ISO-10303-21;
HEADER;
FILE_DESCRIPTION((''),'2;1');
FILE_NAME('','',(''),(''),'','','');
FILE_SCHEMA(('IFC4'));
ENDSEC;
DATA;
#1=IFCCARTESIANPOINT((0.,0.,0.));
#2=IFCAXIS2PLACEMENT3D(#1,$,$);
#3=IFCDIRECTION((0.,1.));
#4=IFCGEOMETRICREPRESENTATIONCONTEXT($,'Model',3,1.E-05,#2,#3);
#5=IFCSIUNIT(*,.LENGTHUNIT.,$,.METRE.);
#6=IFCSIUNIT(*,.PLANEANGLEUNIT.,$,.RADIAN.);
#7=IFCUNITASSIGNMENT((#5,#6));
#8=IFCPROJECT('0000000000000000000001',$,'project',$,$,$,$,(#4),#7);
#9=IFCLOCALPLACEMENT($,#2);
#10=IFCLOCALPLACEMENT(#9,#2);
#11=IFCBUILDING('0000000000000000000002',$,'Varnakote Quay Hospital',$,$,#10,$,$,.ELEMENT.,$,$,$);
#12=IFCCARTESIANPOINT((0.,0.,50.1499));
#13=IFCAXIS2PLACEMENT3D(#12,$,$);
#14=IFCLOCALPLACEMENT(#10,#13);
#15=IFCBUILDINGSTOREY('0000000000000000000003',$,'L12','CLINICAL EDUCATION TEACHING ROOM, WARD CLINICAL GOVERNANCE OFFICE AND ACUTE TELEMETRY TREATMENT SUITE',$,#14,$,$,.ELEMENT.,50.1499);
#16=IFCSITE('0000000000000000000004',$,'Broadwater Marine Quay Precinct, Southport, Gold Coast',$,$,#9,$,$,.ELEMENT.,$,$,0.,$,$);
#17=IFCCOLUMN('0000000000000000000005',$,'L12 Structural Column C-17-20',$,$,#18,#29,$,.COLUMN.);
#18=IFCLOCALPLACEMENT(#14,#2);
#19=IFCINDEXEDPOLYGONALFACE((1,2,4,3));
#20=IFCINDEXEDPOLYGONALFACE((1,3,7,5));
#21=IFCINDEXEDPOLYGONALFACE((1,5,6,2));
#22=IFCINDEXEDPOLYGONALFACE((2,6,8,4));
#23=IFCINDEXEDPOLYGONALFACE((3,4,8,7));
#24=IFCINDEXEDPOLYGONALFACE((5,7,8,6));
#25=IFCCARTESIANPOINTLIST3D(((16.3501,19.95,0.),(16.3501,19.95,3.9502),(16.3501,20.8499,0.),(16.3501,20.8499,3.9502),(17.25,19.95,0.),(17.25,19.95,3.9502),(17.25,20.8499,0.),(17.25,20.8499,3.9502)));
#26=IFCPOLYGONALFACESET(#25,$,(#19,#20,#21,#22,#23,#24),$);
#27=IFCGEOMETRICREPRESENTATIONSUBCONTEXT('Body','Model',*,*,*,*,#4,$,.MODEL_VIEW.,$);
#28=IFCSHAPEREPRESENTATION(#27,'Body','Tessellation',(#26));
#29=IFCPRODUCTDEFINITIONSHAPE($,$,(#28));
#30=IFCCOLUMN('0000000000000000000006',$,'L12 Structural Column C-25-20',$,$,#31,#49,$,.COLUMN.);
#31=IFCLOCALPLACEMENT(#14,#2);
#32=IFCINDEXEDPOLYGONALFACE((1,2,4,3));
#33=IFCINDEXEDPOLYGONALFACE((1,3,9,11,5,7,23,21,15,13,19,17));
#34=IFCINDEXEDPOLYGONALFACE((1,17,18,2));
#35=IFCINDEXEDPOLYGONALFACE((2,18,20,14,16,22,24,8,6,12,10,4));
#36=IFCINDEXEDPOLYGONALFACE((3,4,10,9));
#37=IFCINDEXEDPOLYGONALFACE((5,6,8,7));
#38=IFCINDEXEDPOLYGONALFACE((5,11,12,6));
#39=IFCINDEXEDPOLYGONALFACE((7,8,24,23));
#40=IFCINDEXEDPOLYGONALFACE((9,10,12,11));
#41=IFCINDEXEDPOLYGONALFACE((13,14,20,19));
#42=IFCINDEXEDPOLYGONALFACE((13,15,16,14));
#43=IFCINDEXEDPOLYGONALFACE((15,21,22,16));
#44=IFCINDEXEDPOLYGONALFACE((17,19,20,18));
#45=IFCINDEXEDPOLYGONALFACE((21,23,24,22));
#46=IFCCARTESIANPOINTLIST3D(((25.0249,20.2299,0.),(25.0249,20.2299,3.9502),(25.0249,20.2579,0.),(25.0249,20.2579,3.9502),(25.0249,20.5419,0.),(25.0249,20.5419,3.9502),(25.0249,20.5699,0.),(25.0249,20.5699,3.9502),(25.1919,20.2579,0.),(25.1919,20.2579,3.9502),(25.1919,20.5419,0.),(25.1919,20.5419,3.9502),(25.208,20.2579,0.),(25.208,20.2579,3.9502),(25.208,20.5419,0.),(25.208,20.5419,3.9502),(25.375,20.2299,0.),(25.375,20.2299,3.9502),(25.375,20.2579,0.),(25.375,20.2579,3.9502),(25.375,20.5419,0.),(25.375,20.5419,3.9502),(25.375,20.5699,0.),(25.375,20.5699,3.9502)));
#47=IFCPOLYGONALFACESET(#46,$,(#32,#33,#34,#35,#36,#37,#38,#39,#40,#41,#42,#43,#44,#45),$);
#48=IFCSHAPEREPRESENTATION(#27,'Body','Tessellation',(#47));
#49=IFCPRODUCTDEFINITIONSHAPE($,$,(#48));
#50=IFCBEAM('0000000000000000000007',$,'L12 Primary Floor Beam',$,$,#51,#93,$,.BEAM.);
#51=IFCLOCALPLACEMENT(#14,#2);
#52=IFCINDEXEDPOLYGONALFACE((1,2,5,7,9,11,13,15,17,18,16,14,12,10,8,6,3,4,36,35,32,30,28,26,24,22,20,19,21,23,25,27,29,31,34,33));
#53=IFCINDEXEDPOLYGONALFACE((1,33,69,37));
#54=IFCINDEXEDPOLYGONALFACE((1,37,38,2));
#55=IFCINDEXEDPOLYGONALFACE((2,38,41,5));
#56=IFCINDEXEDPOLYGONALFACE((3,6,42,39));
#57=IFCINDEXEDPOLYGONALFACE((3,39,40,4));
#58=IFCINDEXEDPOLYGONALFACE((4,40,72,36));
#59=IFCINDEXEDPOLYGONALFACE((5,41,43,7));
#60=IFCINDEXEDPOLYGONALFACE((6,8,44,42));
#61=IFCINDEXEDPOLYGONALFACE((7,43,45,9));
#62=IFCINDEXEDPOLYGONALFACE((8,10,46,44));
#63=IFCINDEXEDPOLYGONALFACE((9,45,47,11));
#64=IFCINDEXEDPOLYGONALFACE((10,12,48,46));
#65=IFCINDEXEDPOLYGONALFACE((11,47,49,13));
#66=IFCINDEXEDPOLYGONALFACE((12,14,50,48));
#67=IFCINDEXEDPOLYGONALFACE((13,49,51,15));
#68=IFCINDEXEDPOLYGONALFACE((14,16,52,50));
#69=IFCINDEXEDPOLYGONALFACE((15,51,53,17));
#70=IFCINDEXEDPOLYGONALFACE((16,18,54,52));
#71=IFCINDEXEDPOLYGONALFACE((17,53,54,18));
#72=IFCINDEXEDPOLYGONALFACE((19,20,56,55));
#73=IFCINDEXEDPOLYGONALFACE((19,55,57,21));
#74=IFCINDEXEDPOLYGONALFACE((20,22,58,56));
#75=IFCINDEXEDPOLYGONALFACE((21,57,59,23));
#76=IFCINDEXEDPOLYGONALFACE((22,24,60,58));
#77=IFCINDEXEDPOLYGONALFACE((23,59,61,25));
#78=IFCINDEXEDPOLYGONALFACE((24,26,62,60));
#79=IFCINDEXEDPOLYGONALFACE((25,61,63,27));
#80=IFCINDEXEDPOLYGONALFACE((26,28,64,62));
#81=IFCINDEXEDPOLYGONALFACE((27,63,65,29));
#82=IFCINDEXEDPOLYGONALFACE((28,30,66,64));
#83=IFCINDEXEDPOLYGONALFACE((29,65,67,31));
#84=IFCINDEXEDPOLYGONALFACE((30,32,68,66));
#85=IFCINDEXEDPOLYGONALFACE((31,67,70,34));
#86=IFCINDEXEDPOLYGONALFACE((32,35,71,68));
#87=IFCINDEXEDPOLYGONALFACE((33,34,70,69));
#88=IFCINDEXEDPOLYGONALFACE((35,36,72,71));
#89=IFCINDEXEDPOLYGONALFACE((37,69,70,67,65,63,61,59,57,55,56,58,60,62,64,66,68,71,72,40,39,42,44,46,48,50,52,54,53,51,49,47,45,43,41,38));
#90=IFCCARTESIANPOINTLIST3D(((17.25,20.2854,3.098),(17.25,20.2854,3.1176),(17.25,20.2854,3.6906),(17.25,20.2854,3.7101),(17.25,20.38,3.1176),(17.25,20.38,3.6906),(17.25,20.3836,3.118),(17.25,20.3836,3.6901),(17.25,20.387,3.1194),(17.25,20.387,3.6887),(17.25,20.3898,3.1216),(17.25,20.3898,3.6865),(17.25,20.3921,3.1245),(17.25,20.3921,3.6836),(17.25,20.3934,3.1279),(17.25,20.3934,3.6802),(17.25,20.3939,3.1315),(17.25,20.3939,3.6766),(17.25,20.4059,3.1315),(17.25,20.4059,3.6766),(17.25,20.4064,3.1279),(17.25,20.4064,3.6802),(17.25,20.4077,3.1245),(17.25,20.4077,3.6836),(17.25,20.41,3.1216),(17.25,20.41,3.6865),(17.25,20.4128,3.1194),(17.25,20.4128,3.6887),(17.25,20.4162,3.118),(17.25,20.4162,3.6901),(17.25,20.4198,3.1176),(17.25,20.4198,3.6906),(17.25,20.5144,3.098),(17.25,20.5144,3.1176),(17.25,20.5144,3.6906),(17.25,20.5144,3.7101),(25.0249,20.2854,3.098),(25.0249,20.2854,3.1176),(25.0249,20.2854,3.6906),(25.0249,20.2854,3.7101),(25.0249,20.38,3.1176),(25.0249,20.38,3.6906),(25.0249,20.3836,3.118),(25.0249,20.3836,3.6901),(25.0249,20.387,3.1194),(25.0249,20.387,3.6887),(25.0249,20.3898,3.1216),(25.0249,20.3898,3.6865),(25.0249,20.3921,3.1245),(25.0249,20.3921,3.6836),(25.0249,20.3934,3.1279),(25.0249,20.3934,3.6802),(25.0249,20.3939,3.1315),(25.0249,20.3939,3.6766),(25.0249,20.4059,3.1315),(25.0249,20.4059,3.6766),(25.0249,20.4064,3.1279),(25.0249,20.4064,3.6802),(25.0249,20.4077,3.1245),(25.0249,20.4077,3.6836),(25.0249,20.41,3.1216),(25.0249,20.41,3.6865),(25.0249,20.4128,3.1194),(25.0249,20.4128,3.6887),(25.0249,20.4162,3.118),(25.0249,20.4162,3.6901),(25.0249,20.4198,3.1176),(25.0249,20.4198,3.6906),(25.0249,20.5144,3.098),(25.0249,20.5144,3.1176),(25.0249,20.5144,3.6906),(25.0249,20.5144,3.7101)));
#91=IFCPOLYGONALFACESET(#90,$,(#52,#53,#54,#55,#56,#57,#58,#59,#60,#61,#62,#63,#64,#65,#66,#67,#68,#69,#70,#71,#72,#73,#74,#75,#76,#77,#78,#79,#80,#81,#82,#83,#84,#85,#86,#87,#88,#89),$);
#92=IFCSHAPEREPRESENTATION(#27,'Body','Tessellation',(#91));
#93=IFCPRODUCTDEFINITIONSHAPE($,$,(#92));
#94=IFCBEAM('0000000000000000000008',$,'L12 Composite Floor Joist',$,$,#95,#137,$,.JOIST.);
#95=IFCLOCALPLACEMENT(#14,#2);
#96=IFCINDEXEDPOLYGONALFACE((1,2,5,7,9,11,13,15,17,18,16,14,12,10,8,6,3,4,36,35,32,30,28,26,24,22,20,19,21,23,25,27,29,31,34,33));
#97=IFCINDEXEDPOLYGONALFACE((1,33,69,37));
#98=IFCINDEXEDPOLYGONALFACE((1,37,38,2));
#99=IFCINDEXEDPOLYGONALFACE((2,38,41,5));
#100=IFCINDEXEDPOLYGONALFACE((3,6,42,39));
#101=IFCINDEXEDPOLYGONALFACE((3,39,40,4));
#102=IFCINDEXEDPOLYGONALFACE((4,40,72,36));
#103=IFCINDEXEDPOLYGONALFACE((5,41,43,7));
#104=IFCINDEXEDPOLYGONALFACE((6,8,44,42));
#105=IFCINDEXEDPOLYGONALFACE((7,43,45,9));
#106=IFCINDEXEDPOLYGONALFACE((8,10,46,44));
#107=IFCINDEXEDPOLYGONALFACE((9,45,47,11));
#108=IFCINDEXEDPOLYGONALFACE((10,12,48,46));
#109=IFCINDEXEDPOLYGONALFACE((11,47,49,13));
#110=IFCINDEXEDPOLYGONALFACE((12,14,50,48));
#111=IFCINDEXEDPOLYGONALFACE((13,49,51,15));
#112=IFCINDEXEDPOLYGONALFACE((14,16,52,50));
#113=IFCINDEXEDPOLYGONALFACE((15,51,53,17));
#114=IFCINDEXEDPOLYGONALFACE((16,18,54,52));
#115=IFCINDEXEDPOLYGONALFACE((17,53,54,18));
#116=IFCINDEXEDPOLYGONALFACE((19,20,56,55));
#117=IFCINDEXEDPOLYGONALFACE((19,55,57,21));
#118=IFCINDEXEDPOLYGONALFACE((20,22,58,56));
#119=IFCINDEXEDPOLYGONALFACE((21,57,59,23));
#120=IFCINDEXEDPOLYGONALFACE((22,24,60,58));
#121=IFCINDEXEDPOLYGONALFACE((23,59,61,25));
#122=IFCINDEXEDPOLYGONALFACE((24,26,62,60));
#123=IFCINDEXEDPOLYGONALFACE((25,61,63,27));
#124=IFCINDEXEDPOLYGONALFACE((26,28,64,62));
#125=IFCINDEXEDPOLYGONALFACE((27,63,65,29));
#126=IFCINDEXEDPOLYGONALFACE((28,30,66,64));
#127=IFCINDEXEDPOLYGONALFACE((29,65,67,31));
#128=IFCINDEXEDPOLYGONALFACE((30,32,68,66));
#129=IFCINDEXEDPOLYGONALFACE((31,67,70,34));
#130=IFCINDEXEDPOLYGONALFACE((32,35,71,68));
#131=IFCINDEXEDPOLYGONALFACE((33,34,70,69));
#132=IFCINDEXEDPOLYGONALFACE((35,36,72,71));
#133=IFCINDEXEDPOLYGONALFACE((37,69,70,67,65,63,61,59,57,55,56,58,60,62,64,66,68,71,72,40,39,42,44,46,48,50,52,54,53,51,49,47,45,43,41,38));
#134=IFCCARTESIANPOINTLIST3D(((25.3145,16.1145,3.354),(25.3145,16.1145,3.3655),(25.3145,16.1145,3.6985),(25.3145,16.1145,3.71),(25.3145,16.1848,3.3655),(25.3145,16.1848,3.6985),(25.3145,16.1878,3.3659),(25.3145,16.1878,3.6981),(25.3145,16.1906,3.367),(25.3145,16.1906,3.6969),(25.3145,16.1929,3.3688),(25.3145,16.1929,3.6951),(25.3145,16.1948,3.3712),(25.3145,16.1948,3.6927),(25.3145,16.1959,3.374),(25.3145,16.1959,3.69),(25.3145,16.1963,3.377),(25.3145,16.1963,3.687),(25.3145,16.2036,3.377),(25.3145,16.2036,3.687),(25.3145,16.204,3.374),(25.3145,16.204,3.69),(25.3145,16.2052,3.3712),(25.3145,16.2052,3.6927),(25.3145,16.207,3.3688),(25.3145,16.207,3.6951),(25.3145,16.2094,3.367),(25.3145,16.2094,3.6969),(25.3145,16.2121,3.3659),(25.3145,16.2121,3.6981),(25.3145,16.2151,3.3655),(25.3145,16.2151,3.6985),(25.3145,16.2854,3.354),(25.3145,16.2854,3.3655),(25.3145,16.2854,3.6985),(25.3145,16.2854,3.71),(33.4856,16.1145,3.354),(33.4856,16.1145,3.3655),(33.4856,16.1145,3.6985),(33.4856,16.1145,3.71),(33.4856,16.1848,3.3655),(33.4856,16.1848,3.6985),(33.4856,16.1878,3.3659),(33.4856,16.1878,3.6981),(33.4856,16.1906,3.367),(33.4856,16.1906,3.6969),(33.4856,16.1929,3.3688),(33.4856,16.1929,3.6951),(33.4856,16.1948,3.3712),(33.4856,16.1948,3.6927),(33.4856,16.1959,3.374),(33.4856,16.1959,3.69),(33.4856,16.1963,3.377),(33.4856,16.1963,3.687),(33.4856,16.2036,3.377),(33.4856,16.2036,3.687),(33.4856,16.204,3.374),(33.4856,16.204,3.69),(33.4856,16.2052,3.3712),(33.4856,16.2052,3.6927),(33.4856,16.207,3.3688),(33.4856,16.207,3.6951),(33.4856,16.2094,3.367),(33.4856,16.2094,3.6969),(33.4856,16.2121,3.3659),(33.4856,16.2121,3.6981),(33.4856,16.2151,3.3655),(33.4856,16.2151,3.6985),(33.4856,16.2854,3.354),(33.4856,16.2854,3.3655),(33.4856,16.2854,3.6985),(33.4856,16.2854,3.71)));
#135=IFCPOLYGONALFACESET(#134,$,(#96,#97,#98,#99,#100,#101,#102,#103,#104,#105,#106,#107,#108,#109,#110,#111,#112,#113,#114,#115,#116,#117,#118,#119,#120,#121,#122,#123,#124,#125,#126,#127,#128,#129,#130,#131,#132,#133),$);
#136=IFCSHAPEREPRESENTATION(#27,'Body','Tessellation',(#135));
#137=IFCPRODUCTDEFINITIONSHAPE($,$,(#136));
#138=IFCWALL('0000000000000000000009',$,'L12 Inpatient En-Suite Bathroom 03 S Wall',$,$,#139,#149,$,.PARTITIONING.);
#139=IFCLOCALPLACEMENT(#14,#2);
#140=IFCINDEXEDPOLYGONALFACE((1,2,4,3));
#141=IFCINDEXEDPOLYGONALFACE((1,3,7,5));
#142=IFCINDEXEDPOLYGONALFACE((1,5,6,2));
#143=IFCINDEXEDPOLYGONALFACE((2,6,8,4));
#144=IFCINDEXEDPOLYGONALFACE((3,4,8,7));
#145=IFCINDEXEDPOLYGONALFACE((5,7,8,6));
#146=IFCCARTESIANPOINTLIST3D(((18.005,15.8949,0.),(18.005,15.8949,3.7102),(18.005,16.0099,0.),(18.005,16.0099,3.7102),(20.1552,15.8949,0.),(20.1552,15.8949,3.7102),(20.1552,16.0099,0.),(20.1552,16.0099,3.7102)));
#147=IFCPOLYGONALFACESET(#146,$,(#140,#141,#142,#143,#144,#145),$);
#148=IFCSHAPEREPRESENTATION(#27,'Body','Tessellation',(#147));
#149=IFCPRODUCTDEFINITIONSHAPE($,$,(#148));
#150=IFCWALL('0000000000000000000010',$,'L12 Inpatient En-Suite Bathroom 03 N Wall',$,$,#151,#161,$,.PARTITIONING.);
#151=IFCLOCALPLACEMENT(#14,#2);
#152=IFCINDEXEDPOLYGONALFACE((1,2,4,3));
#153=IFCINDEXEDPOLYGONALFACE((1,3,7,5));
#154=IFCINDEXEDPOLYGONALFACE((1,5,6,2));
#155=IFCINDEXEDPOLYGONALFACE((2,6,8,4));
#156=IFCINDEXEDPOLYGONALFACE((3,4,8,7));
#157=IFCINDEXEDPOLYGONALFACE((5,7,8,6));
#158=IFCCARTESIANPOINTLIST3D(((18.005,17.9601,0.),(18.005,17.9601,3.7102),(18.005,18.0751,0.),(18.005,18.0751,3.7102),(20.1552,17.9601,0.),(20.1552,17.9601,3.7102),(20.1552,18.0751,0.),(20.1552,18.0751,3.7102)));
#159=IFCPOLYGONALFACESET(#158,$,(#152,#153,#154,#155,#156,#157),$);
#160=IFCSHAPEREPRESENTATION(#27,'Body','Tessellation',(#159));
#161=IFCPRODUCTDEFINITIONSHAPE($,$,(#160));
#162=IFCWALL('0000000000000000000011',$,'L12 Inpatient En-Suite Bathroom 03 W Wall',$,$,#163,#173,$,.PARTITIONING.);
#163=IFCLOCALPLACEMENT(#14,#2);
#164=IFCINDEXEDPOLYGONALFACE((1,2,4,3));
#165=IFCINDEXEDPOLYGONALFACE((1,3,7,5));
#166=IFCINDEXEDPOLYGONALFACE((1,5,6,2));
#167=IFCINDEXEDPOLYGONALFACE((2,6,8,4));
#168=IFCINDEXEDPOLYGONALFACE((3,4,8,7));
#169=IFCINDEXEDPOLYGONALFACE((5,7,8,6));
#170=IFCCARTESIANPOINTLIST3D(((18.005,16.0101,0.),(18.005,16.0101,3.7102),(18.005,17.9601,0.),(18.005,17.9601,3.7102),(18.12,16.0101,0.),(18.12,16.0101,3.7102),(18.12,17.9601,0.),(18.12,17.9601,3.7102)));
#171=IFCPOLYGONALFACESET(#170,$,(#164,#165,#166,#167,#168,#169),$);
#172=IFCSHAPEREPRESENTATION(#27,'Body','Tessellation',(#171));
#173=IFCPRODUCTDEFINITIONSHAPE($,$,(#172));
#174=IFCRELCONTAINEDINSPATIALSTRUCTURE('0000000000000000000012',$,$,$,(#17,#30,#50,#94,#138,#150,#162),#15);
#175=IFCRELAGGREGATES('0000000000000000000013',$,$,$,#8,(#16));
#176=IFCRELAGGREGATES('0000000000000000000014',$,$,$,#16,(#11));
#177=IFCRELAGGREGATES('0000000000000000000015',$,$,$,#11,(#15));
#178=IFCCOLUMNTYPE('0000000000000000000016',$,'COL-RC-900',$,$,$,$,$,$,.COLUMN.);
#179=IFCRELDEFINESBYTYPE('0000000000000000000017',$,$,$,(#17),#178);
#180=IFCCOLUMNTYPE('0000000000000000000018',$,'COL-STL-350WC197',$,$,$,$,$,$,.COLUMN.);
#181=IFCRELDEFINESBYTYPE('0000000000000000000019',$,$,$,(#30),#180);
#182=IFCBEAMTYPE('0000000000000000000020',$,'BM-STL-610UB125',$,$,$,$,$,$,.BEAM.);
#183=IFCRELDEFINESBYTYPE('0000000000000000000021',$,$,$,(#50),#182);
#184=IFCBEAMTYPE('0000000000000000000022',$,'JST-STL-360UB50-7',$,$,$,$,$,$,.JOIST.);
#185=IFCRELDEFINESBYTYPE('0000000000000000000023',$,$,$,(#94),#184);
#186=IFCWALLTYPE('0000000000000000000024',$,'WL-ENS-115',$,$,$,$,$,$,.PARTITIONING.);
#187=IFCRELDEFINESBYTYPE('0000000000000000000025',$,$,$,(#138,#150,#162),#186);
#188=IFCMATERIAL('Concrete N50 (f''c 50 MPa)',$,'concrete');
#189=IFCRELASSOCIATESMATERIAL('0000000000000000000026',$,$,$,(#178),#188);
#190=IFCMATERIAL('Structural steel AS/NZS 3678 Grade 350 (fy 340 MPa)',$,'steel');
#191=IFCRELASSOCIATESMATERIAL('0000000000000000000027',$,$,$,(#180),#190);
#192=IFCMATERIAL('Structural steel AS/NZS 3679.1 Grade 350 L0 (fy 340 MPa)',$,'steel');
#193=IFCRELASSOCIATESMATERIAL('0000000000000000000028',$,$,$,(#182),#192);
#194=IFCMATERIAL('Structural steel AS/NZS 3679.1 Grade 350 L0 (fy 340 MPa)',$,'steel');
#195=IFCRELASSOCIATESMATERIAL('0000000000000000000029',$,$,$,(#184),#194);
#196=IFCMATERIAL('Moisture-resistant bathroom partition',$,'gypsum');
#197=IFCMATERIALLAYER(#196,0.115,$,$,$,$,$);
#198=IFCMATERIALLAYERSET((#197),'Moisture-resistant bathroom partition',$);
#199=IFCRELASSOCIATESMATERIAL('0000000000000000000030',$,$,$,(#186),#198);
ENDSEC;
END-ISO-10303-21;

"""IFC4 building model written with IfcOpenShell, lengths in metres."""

from ifc_helpers import new_model, si_unit, direction, frame, frame_2d, origin, origin_2d, place, context, subcontext, project, spatial, rectangle, i_section, extrude, material, layer, layer_set, material_profile, profile_set, type_object, element, save


model = new_model("IFC4")

# Units and contexts
model_context = context("Model", 3, precision=1e-05, world=origin(), true_north=direction((0.0, 1.0)))
body_context = subcontext(model_context, "Body", "Model", "MODEL_VIEW")
ifc_project = project(units=[si_unit("LENGTHUNIT", "METRE"), si_unit("PLANEANGLEUNIT", "RADIAN")], contexts=[model_context])

# Site, building, storey
site_placement = place(None, origin())
site = spatial("IfcSite", under=ifc_project, at=site_placement, Name="Broadwater Marine Quay Precinct, Southport, Gold Coast", CompositionType="ELEMENT", RefElevation=0.0)
building_placement = place(site_placement, origin())
building = spatial("IfcBuilding", under=site, at=building_placement, Name="Varnakote Quay Hospital", CompositionType="ELEMENT")
storey_placement = place(building_placement, frame((0.0, 0.0, 50.1499)))
storey = spatial("IfcBuildingStorey", under=building, at=storey_placement, Name="L12", Description="CLINICAL EDUCATION TEACHING ROOM, WARD CLINICAL GOVERNANCE OFFICE AND ACUTE TELEMETRY TREATMENT SUITE", CompositionType="ELEMENT", Elevation=50.1499)

# Columns
ifc_material_1 = material(Name="Concrete N50 (f'c 50 MPa)", Category="concrete")
ifc_material_profile_1 = material_profile(ifc_material_1, rectangle(XDim=0.8999, YDim=0.8999, at=origin_2d()), Name="RC-COL-900x900")
ifc_profile_set_1 = profile_set([ifc_material_profile_1], Name="Concrete N50 (f'c 50 MPa)")
column_type_1 = type_object("IfcColumnType", Name="COL-RC-900", PredefinedType="COLUMN", material=ifc_profile_set_1)
column_1_placement = place(storey_placement, frame((16.8, 20.3999, 0.0), z_axis=(0.0, 0.0, 1.0), x_axis=(1.0, 0.0, 0.0)))
element("IfcColumn", 1, at=column_1_placement, inside=storey, type_object=column_type_1, Name="L12 Structural Column C-17-20", PredefinedType="COLUMN", context=body_context, shape_type="SweptSolid", body=[
    extrude(rectangle(XDim=0.8999, YDim=0.8999, at=origin_2d()), origin(), (0.0, 0.0, 1.0), 3.9502),
])
ifc_material_2 = material(Name="Structural steel AS/NZS 3678 Grade 350 (fy 340 MPa)", Category="steel")
ifc_material_profile_2 = material_profile(ifc_material_2, i_section(OverallWidth=0.3501, OverallDepth=0.3401, WebThickness=0.0161, FlangeThickness=0.0281, at=origin_2d()), Name="350WC197")
ifc_profile_set_2 = profile_set([ifc_material_profile_2], Name="Structural steel AS/NZS 3678 Grade 350 (fy 340 MPa)")
column_type_2 = type_object("IfcColumnType", Name="COL-STL-350WC197", PredefinedType="COLUMN", material=ifc_profile_set_2)
column_2_placement = place(storey_placement, frame((25.2, 20.3999, 0.0), z_axis=(0.0, 0.0, 1.0), x_axis=(1.0, 0.0, 0.0)))
element("IfcColumn", 2, at=column_2_placement, inside=storey, type_object=column_type_2, Name="L12 Structural Column C-25-20", PredefinedType="COLUMN", context=body_context, shape_type="SweptSolid", body=[
    extrude(i_section(OverallWidth=0.3501, OverallDepth=0.3401, WebThickness=0.0161, FlangeThickness=0.0281, at=origin_2d()), origin(), (0.0, 0.0, 1.0), 3.9502),
])

# Beams
ifc_material_3 = material(Name="Structural steel AS/NZS 3679.1 Grade 350 L0 (fy 340 MPa)", Category="steel")
ifc_material_profile_3 = material_profile(ifc_material_3, i_section(OverallWidth=0.229, OverallDepth=0.6121, WebThickness=0.012, FlangeThickness=0.0195, FilletRadius=0.0139, at=origin_2d()), Name="610UB125")
ifc_profile_set_3 = profile_set([ifc_material_profile_3], Name="Structural steel AS/NZS 3679.1 Grade 350 L0 (fy 340 MPa)")
beam_type_1 = type_object("IfcBeamType", Name="BM-STL-610UB125", PredefinedType="BEAM", material=ifc_profile_set_3)
beam_1_placement = place(storey_placement, frame((17.25, 20.3999, 3.4041), z_axis=(1.0, 0.0, 0.0), x_axis=(0.0, 1.0, 0.0)))
element("IfcBeam", 3, at=beam_1_placement, inside=storey, type_object=beam_type_1, Name="L12 Primary Floor Beam", PredefinedType="BEAM", context=body_context, shape_type="SweptSolid", body=[
    extrude(i_section(OverallWidth=0.229, OverallDepth=0.6121, WebThickness=0.012, FlangeThickness=0.0195, FilletRadius=0.0139, at=origin_2d()), origin(), (0.0, 0.0, 1.0), 7.7749),
])
ifc_material_4 = material(Name="Structural steel AS/NZS 3679.1 Grade 350 L0 (fy 340 MPa)", Category="steel")
ifc_material_profile_4 = material_profile(ifc_material_4, i_section(OverallWidth=0.1709, OverallDepth=0.356, WebThickness=0.0073, FlangeThickness=0.0115, FilletRadius=0.0115, at=origin_2d()), Name="360UB50.7")
ifc_profile_set_4 = profile_set([ifc_material_profile_4], Name="Structural steel AS/NZS 3679.1 Grade 350 L0 (fy 340 MPa)")
beam_type_2 = type_object("IfcBeamType", Name="JST-STL-360UB50-7", PredefinedType="JOIST", material=ifc_profile_set_4)
beam_2_placement = place(storey_placement, frame((25.3145, 16.2, 3.532), z_axis=(1.0, 0.0, 0.0), x_axis=(0.0, 1.0, 0.0)))
element("IfcBeam", 4, at=beam_2_placement, inside=storey, type_object=beam_type_2, Name="L12 Composite Floor Joist", PredefinedType="JOIST", context=body_context, shape_type="SweptSolid", body=[
    extrude(i_section(OverallWidth=0.1709, OverallDepth=0.356, WebThickness=0.0073, FlangeThickness=0.0115, FilletRadius=0.0115, at=origin_2d()), origin(), (0.0, 0.0, 1.0), 8.1711),
])

# Walls
ifc_material_5 = material(Name="Moisture-resistant bathroom partition", Category="gypsum")
ifc_layer_1 = layer(ifc_material_5, 0.115)
ifc_layer_set_1 = layer_set([ifc_layer_1], Name="Moisture-resistant bathroom partition")
wall_type_1 = type_object("IfcWallType", Name="WL-ENS-115", PredefinedType="PARTITIONING", material=ifc_layer_set_1)
for number, where, z_axis, x_axis, name in (
    (5, (18.0049, 15.9524, 0.0), (0.0, 0.0, 1.0), (1.0, 0.0, 0.0), "L12 Inpatient En-Suite Bathroom 03 S Wall"),
    (6, (18.0049, 18.0176, 0.0), (0.0, 0.0, 1.0), (1.0, 0.0, 0.0), "L12 Inpatient En-Suite Bathroom 03 N Wall"),
):
    element("IfcWall", number, at=place(storey_placement, frame(where, z_axis=z_axis, x_axis=x_axis)), inside=storey, type_object=wall_type_1, Name=name, PredefinedType="PARTITIONING", context=body_context, shape_type="SweptSolid", body=[
        extrude(rectangle(XDim=2.1501, YDim=0.115, at=frame_2d((1.0752, 0.0))), origin(), (0.0, 0.0, 1.0), 3.7102),
    ])
wall_1_placement = place(storey_placement, frame((18.0625, 16.01, 0.0), z_axis=(0.0, 0.0, 1.0), x_axis=(0.0, 1.0, 0.0)))
element("IfcWall", 7, at=wall_1_placement, inside=storey, type_object=wall_type_1, Name="L12 Inpatient En-Suite Bathroom 03 W Wall", PredefinedType="PARTITIONING", context=body_context, shape_type="SweptSolid", body=[
    extrude(rectangle(XDim=1.95, YDim=0.115, at=frame_2d((0.9751, 0.0))), origin(), (0.0, 0.0, 1.0), 3.7102),
])

save(model, "model.ifc")
